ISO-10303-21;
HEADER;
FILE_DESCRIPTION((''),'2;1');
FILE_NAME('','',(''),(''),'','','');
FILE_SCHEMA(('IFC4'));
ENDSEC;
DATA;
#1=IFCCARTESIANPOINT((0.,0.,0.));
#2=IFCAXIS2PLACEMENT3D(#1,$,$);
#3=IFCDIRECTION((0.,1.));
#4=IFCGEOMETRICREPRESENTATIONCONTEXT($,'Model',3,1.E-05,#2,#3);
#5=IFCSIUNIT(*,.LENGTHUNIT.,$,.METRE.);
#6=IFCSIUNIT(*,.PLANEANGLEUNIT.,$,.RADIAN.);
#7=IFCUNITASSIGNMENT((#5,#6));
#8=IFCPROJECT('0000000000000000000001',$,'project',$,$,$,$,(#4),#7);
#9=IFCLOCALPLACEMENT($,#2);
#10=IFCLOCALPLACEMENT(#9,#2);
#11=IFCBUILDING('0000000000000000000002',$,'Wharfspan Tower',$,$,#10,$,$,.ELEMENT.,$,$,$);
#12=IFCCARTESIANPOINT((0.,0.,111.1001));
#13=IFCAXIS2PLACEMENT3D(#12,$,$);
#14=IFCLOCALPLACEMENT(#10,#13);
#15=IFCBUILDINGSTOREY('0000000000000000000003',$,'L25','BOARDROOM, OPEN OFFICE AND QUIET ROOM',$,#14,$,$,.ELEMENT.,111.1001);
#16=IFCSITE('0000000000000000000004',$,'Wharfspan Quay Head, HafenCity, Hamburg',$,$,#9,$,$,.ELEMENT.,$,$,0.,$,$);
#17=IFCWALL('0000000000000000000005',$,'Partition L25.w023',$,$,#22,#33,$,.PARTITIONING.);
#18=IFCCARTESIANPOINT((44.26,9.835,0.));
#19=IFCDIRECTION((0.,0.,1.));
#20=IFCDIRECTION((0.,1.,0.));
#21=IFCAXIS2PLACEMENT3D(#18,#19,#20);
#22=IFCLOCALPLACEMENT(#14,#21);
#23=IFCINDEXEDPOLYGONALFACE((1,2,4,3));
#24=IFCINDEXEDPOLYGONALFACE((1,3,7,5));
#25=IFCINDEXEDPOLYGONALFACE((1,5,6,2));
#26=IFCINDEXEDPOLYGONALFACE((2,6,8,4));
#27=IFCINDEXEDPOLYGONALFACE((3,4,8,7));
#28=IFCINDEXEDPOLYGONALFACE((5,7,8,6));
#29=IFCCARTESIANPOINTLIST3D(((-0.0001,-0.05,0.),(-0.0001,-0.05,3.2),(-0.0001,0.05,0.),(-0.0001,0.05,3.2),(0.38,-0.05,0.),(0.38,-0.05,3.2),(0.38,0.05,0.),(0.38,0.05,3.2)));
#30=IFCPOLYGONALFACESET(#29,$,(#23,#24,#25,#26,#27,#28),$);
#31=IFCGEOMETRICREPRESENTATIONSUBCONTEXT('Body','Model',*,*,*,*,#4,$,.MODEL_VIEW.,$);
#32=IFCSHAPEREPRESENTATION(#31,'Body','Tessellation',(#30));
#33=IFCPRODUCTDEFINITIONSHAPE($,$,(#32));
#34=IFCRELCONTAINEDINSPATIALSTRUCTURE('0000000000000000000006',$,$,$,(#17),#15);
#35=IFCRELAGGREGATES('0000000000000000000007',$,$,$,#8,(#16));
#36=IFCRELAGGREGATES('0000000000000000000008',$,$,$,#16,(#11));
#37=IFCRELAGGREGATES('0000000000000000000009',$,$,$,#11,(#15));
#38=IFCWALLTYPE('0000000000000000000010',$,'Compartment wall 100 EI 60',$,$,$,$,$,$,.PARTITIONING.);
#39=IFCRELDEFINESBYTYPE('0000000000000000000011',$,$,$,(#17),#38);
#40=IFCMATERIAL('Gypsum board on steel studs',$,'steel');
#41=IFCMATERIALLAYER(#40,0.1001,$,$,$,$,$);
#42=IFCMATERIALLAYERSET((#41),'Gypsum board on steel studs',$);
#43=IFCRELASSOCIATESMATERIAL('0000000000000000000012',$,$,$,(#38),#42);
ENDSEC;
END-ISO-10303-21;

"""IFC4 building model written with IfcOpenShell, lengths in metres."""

from ifc_helpers import new_model, si_unit, direction, frame, frame_2d, origin, place, context, subcontext, project, spatial, rectangle, extrude, material, layer, layer_set, type_object, element, save


model = new_model("IFC4")

# Units and contexts
model_context = context("Model", 3, precision=1e-05, world=origin(), true_north=direction((0.0, 1.0)))
body_context = subcontext(model_context, "Body", "Model", "MODEL_VIEW")
ifc_project = project(units=[si_unit("LENGTHUNIT", "METRE"), si_unit("PLANEANGLEUNIT", "RADIAN")], contexts=[model_context])

# Site, building, storey
site_placement = place(None, origin())
site = spatial("IfcSite", under=ifc_project, at=site_placement, Name="Wharfspan Quay Head, HafenCity, Hamburg", CompositionType="ELEMENT", RefElevation=0.0)
building_placement = place(site_placement, origin())
building = spatial("IfcBuilding", under=site, at=building_placement, Name="Wharfspan Tower", CompositionType="ELEMENT")
storey_placement = place(building_placement, frame((0.0, 0.0, 111.1001)))
storey = spatial("IfcBuildingStorey", under=building, at=storey_placement, Name="L25", Description="BOARDROOM, OPEN OFFICE AND QUIET ROOM", CompositionType="ELEMENT", Elevation=111.1001)

# Wall
ifc_material_1 = material(Name="Gypsum board on steel studs", Category="steel")
ifc_layer_1 = layer(ifc_material_1, 0.1001)
ifc_layer_set_1 = layer_set([ifc_layer_1], Name="Gypsum board on steel studs")
wall_type_1 = type_object("IfcWallType", Name="Compartment wall 100 EI 60", PredefinedType="PARTITIONING", material=ifc_layer_set_1)
wall_1_placement = place(storey_placement, frame((44.26, 9.835, 0.0), z_axis=(0.0, 0.0, 1.0), x_axis=(0.0, 1.0, 0.0)))
element("IfcWall", 1, at=wall_1_placement, inside=storey, type_object=wall_type_1, Name="Partition L25.w023", PredefinedType="PARTITIONING", context=body_context, shape_type="SweptSolid", body=[
    extrude(rectangle(XDim=0.3801, YDim=0.1001, at=frame_2d((0.1899, 0.0))), origin(), (0.0, 0.0, 1.0), 3.2),
])

save(model, "model.ifc")
